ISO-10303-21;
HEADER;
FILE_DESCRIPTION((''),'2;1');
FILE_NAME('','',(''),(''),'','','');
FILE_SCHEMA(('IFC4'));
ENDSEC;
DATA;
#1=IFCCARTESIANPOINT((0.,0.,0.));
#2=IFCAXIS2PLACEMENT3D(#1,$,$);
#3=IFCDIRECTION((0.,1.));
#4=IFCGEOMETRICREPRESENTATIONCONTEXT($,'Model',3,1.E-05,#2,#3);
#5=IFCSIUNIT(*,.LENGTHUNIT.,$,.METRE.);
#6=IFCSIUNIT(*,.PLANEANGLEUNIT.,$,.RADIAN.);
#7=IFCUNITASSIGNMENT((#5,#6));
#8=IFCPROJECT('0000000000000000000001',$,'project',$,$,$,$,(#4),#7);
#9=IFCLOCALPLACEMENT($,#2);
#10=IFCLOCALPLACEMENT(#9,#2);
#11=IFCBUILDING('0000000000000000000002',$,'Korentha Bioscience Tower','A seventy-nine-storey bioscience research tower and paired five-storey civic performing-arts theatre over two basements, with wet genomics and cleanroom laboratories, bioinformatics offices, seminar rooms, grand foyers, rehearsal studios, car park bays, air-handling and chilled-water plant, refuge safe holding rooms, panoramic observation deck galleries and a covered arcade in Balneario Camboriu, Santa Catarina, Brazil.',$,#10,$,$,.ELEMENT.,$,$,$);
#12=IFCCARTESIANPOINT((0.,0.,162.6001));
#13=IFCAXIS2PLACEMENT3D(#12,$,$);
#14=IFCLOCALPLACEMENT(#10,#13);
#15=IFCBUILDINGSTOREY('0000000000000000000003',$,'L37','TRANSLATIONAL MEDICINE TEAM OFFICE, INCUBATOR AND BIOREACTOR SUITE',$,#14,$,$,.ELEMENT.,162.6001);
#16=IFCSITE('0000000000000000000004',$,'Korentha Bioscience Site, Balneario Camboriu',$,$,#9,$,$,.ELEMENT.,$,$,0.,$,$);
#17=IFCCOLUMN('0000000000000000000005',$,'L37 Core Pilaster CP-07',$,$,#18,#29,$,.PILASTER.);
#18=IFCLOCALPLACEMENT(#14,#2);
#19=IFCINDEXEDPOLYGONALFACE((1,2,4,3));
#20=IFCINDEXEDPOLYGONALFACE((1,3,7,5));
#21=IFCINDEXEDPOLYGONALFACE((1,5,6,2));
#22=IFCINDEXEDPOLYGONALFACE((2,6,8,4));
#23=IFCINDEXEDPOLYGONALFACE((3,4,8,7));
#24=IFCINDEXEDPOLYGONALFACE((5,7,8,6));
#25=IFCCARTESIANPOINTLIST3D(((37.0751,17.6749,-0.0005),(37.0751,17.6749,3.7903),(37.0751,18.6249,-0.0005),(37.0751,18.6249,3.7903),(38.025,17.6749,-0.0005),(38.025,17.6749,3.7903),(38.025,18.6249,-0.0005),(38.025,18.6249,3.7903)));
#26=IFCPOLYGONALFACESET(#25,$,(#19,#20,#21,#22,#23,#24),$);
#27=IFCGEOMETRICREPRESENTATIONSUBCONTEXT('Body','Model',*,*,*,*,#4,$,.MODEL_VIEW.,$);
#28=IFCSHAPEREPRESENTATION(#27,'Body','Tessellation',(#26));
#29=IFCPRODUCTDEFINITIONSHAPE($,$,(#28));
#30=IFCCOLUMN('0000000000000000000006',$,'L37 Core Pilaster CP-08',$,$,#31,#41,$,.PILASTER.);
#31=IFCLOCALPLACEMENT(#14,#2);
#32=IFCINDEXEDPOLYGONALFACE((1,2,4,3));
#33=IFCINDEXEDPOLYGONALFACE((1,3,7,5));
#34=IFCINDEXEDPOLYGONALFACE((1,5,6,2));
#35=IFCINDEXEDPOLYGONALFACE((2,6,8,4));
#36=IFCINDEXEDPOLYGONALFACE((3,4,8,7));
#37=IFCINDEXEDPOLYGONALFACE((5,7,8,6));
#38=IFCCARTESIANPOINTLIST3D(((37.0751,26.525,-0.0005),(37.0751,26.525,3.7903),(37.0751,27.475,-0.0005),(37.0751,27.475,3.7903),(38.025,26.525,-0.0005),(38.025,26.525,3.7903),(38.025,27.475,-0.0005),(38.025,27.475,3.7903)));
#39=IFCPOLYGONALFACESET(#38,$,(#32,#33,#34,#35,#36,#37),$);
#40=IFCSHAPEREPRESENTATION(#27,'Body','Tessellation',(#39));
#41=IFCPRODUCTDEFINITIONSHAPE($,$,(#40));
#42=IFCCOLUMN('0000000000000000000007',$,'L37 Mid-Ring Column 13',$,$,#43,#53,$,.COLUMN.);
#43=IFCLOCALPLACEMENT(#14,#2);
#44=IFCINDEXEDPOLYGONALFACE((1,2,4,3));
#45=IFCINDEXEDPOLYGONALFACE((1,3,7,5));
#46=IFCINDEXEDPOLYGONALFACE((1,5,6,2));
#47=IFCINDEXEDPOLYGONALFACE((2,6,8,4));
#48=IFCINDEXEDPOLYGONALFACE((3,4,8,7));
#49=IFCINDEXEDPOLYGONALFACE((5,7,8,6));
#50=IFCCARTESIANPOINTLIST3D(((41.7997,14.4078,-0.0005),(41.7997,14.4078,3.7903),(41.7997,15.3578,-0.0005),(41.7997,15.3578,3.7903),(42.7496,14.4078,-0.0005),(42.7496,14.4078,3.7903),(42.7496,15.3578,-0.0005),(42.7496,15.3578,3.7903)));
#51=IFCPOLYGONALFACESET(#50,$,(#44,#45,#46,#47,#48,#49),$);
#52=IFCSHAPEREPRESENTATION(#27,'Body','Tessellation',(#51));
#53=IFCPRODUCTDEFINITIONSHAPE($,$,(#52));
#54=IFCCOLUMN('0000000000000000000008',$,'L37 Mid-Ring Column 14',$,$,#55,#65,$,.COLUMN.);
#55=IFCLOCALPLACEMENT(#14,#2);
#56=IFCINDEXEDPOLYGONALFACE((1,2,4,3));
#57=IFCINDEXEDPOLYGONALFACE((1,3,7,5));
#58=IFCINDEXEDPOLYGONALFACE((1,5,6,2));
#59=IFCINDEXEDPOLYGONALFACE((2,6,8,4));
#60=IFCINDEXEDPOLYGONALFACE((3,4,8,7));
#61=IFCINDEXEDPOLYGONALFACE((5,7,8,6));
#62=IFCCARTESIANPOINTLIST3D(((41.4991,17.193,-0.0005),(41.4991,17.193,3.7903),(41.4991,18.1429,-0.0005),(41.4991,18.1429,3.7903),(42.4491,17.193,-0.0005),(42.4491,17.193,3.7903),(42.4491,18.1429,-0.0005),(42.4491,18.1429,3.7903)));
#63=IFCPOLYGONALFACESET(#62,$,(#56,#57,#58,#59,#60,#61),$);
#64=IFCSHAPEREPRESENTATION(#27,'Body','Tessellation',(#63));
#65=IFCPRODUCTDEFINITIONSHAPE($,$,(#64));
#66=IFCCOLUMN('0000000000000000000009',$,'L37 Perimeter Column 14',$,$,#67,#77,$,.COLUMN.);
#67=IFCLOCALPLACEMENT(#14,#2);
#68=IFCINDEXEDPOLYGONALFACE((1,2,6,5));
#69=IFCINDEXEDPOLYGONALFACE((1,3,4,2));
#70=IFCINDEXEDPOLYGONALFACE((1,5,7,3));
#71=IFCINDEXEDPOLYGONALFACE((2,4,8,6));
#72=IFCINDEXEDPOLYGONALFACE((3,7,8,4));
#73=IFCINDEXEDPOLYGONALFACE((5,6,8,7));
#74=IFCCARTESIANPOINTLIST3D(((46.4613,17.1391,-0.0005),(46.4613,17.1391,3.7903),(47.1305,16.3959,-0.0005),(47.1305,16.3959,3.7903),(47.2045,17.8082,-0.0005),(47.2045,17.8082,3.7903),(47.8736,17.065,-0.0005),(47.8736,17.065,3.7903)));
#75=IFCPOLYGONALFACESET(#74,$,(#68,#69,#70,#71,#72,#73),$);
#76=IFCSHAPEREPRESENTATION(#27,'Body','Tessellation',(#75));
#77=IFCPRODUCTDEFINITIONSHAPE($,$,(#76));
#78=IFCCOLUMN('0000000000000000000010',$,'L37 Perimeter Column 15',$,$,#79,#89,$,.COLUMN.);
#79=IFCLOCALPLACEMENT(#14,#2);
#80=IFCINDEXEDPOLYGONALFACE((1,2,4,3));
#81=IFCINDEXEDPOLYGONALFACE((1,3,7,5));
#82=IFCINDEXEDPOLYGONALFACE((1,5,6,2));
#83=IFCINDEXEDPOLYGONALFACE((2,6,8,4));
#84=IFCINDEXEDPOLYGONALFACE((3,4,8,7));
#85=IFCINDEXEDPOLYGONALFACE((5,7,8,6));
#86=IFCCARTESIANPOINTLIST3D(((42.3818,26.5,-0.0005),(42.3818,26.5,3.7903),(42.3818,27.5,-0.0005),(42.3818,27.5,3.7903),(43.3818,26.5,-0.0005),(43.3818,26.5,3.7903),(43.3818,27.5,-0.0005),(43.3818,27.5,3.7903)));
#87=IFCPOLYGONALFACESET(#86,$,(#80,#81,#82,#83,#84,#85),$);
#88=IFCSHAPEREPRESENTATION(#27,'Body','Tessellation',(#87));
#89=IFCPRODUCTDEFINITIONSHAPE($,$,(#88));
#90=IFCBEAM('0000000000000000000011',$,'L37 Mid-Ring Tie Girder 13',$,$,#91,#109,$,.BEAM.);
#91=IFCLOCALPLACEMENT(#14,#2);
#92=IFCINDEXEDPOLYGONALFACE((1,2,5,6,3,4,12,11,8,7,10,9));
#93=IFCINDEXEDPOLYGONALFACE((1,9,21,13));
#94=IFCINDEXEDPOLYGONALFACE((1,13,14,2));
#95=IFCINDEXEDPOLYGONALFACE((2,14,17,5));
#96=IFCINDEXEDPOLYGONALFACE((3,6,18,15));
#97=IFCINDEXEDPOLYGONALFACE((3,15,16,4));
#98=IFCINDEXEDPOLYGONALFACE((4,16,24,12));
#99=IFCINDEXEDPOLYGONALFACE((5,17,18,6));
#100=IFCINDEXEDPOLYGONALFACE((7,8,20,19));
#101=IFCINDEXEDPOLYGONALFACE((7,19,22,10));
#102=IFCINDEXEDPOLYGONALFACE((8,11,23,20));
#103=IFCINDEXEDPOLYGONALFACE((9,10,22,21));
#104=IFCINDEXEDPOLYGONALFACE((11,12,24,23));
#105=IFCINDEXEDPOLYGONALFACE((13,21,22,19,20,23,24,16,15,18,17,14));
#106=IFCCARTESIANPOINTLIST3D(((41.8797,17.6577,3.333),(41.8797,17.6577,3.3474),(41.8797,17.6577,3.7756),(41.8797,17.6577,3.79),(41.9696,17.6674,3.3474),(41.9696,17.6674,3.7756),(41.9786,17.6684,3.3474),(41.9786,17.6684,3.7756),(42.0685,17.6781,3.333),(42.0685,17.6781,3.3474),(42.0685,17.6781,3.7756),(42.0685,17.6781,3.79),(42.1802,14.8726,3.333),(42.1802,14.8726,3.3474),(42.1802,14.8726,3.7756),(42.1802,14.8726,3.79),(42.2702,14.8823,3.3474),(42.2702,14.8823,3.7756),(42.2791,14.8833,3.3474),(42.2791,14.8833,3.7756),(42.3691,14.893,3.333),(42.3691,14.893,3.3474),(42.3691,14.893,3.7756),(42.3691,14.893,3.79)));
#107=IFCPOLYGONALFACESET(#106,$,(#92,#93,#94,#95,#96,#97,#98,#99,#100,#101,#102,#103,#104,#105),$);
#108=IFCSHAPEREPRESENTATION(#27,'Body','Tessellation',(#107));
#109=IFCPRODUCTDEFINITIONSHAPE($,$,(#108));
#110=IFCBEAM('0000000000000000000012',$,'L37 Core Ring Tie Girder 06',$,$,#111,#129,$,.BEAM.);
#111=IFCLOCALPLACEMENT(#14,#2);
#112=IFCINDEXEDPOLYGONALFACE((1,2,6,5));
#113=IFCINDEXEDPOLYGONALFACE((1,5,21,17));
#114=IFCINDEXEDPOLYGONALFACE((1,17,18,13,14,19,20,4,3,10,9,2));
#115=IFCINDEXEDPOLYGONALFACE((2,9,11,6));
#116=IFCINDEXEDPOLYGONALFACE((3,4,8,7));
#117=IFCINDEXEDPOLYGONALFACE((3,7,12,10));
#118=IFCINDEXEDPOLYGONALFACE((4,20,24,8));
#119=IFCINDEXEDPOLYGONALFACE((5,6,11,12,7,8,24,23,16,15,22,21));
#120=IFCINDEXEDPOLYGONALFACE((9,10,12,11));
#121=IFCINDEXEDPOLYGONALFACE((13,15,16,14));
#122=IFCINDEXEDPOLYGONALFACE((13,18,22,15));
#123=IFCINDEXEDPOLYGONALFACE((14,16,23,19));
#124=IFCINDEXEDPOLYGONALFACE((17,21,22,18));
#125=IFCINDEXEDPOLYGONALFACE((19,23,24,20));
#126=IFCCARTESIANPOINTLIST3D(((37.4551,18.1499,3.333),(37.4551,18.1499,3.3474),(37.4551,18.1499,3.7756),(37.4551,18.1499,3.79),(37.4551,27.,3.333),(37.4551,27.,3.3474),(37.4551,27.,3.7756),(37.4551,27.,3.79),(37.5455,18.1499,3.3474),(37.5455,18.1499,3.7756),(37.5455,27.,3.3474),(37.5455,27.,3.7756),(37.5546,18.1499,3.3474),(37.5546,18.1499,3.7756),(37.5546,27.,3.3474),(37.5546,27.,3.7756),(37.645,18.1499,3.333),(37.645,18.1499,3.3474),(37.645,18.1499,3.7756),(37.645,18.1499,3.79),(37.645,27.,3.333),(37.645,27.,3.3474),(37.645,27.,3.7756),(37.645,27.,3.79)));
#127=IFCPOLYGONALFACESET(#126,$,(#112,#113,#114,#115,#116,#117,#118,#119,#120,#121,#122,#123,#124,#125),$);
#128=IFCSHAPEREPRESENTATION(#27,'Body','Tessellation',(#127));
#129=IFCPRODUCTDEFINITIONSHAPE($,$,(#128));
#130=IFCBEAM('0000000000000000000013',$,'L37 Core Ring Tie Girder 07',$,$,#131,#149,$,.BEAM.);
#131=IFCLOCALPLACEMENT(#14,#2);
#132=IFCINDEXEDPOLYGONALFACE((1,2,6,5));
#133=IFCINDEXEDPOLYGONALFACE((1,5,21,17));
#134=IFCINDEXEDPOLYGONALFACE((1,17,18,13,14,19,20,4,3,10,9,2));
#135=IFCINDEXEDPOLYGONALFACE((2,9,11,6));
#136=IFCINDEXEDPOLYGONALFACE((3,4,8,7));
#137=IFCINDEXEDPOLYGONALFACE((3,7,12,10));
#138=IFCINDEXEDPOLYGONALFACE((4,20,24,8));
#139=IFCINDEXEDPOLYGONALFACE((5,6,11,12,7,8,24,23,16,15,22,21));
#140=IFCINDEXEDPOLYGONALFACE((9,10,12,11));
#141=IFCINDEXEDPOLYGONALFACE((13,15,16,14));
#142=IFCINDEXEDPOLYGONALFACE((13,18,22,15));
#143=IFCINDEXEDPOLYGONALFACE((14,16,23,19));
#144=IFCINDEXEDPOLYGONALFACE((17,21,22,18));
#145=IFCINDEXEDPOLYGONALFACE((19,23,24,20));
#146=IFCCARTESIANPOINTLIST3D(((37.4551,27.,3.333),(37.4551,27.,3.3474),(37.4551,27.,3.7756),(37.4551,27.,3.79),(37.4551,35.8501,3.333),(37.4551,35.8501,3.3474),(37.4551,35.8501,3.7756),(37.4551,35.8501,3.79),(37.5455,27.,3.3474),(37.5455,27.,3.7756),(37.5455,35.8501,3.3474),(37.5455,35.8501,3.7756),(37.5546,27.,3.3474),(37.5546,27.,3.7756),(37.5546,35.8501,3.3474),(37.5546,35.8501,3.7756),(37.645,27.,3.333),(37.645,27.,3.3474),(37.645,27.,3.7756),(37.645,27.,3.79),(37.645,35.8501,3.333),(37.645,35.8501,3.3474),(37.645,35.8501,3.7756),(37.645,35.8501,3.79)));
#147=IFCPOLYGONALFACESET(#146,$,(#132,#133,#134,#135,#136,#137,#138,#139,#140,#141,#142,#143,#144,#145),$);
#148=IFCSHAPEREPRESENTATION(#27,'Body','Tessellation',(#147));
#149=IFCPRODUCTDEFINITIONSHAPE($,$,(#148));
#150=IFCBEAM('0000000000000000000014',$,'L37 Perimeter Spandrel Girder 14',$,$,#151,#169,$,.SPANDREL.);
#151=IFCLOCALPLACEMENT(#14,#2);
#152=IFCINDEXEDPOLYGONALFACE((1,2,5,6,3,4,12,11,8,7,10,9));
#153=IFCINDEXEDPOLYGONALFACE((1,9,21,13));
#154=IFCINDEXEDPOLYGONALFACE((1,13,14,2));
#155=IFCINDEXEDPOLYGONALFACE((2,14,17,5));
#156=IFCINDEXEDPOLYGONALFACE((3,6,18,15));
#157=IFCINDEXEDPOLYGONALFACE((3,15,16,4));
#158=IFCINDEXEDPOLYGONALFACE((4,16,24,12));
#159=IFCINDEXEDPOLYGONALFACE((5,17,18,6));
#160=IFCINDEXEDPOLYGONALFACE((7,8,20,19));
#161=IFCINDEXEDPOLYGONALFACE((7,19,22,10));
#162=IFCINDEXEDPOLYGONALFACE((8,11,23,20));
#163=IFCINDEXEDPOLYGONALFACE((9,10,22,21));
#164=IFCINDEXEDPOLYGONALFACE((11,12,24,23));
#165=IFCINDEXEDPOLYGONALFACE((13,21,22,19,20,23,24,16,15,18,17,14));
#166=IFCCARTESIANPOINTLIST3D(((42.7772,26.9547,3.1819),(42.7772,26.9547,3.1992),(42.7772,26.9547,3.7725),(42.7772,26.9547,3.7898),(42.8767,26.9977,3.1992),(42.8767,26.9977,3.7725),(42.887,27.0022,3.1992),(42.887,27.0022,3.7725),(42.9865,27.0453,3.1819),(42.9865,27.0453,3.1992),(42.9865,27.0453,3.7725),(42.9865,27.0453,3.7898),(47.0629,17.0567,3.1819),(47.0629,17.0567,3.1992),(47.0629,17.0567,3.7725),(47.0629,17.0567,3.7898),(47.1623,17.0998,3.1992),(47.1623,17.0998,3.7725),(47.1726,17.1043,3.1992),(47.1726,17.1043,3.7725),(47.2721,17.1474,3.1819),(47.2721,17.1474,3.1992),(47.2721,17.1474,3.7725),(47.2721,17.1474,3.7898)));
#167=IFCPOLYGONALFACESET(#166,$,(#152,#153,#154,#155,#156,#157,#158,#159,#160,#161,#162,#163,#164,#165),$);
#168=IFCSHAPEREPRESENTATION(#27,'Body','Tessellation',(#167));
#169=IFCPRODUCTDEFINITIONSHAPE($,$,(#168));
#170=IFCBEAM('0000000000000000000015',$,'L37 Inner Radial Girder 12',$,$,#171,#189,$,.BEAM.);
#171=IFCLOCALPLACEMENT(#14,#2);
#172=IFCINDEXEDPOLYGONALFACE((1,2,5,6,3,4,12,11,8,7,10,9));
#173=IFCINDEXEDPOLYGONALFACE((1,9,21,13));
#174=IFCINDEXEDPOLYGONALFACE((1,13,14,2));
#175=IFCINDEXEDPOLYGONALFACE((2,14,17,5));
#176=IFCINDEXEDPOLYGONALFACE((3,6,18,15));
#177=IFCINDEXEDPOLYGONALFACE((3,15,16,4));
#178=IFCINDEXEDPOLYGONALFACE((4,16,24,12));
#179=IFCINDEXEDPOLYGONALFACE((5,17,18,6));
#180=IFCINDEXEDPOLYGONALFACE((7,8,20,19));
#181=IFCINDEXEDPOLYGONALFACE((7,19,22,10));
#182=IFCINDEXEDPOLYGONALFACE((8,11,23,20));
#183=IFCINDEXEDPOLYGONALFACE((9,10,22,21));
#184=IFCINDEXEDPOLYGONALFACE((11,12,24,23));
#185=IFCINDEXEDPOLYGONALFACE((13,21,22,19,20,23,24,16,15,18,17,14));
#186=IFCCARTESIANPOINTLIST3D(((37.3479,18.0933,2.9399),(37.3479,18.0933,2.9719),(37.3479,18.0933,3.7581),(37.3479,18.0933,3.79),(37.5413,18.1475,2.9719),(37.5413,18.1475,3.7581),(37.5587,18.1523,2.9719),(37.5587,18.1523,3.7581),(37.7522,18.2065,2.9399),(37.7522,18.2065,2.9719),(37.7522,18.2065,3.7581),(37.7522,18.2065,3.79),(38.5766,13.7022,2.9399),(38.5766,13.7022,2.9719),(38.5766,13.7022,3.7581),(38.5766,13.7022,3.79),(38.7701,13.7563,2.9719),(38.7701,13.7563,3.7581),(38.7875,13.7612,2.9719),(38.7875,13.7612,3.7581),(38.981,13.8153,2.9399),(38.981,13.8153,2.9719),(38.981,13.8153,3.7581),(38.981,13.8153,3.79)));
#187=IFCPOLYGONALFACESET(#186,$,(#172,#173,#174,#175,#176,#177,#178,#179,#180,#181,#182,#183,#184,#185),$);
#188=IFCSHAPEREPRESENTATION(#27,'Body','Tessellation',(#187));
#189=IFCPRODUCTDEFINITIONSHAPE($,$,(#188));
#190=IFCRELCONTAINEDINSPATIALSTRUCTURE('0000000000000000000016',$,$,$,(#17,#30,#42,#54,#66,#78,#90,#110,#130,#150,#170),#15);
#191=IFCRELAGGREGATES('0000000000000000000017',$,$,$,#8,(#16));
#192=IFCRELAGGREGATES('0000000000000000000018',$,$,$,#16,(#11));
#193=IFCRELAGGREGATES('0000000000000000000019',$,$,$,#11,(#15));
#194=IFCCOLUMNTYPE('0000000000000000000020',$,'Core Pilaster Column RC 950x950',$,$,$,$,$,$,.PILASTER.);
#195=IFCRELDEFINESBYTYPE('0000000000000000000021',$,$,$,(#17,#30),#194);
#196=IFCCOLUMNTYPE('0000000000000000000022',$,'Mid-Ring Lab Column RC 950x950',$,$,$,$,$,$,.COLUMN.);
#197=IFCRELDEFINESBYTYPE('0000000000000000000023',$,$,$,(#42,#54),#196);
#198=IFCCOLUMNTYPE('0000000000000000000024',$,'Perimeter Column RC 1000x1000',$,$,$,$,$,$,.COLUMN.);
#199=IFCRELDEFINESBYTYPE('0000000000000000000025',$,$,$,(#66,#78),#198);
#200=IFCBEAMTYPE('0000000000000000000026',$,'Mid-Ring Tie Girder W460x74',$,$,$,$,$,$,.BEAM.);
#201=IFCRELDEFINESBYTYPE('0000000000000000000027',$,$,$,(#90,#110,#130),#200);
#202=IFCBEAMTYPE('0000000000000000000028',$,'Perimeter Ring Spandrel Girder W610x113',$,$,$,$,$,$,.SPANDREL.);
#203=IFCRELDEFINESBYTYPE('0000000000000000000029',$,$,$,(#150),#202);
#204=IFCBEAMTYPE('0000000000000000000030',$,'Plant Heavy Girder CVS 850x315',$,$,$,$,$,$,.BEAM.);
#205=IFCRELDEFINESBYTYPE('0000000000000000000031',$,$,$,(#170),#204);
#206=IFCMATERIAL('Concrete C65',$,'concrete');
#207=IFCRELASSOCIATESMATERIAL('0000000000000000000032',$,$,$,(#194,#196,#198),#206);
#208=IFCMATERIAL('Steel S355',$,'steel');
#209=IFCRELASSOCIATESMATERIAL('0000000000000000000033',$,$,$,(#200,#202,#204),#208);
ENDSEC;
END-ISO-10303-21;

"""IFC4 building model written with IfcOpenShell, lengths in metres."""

from ifc_helpers import new_model, si_unit, direction, frame, origin, origin_2d, place, context, subcontext, project, spatial, rectangle, i_section, extrude, material, material_profile, profile_set, type_object, element, save


model = new_model("IFC4")

# Units and contexts
model_context = context("Model", 3, precision=1e-05, world=origin(), true_north=direction((0.0, 1.0)))
body_context = subcontext(model_context, "Body", "Model", "MODEL_VIEW")
ifc_project = project(units=[si_unit("LENGTHUNIT", "METRE"), si_unit("PLANEANGLEUNIT", "RADIAN")], contexts=[model_context])

# Site, building, storey
site_placement = place(None, origin())
site = spatial("IfcSite", under=ifc_project, at=site_placement, Name="Korentha Bioscience Site, Balneario Camboriu", CompositionType="ELEMENT", RefElevation=0.0)
building_placement = place(site_placement, origin())
building = spatial("IfcBuilding", under=site, at=building_placement, Name="Korentha Bioscience Tower", Description="A seventy-nine-storey bioscience research tower and paired five-storey civic performing-arts theatre over two basements, with wet genomics and cleanroom laboratories, bioinformatics offices, seminar rooms, grand foyers, rehearsal studios, car park bays, air-handling and chilled-water plant, refuge safe holding rooms, panoramic observation deck galleries and a covered arcade in Balneario Camboriu, Santa Catarina, Brazil.", CompositionType="ELEMENT")
storey_placement = place(building_placement, frame((0.0, 0.0, 162.6001)))
storey = spatial("IfcBuildingStorey", under=building, at=storey_placement, Name="L37", Description="TRANSLATIONAL MEDICINE TEAM OFFICE, INCUBATOR AND BIOREACTOR SUITE", CompositionType="ELEMENT", Elevation=162.6001)

# Columns
ifc_material_1 = material(Name="Concrete C65", Category="concrete")
ifc_material_profile_1 = material_profile(ifc_material_1, rectangle(XDim=0.95, YDim=0.95, at=origin_2d()), Name="Concrete C65")
ifc_profile_set_1 = profile_set([ifc_material_profile_1], Name="Concrete C65 (COL-CP09)")
column_type_1 = type_object("IfcColumnType", Name="Core Pilaster Column RC 950x950", PredefinedType="PILASTER", material=ifc_profile_set_1)
for number, where, z_axis, x_axis, name in (
    (1, (37.55, 18.1499, -0.0005), (0.0, 0.0, 1.0), (1.0, 0.0, 0.0), "L37 Core Pilaster CP-07"),
    (2, (37.55, 27.0, -0.0005), (0.0, 0.0, 1.0), (1.0, 0.0, 0.0), "L37 Core Pilaster CP-08"),
):
    element("IfcColumn", number, at=place(storey_placement, frame(where, z_axis=z_axis, x_axis=x_axis)), inside=storey, type_object=column_type_1, Name=name, PredefinedType="PILASTER", context=body_context, shape_type="SweptSolid", body=[
        extrude(rectangle(XDim=0.95, YDim=0.95, at=origin_2d()), origin(), (0.0, 0.0, 1.0), 3.7908),
    ])
ifc_material_profile_2 = material_profile(ifc_material_1, rectangle(XDim=0.95, YDim=0.95, at=origin_2d()), Name="Concrete C65")
ifc_profile_set_2 = profile_set([ifc_material_profile_2], Name="Concrete C65 (COL-MR09)")
column_type_2 = type_object("IfcColumnType", Name="Mid-Ring Lab Column RC 950x950", PredefinedType="COLUMN", material=ifc_profile_set_2)
for number, where, z_axis, x_axis, name in (
    (3, (42.2747, 14.8828, -0.0005), (0.0, 0.0, 1.0), (1.0, 0.0, 0.0), "L37 Mid-Ring Column 13"),
    (4, (41.9741, 17.668, -0.0005), (0.0, 0.0, 1.0), (1.0, 0.0, 0.0), "L37 Mid-Ring Column 14"),
):
    element("IfcColumn", number, at=place(storey_placement, frame(where, z_axis=z_axis, x_axis=x_axis)), inside=storey, type_object=column_type_2, Name=name, PredefinedType="COLUMN", context=body_context, shape_type="SweptSolid", body=[
        extrude(rectangle(XDim=0.95, YDim=0.95, at=origin_2d()), origin(), (0.0, 0.0, 1.0), 3.7908),
    ])
ifc_material_profile_3 = material_profile(ifc_material_1, rectangle(XDim=1.0, YDim=1.0, at=origin_2d()), Name="Concrete C65")
ifc_profile_set_3 = profile_set([ifc_material_profile_3], Name="Concrete C65 (COL-P10)")
column_type_3 = type_object("IfcColumnType", Name="Perimeter Column RC 1000x1000", PredefinedType="COLUMN", material=ifc_profile_set_3)
for number, where, z_axis, x_axis, name in (
    (5, (47.1675, 17.1021, -0.0005), (0.0, 0.0, 1.0), (-0.669131, 0.743145, 0.0), "L37 Perimeter Column 14"),
    (6, (42.8818, 27.0, -0.0005), (0.0, 0.0, 1.0), (0.0, 1.0, 0.0), "L37 Perimeter Column 15"),
):
    element("IfcColumn", number, at=place(storey_placement, frame(where, z_axis=z_axis, x_axis=x_axis)), inside=storey, type_object=column_type_3, Name=name, PredefinedType="COLUMN", context=body_context, shape_type="SweptSolid", body=[
        extrude(rectangle(XDim=1.0, YDim=1.0, at=origin_2d()), origin(), (0.0, 0.0, 1.0), 3.7908),
    ])

# Beams
ifc_material_2 = material(Name="Steel S355", Category="steel")
ifc_material_profile_4 = material_profile(ifc_material_2, i_section(OverallWidth=0.1899, OverallDepth=0.457, WebThickness=0.009, FlangeThickness=0.0144, at=origin_2d()), Name="Steel S355")
ifc_profile_set_4 = profile_set([ifc_material_profile_4], Name="Steel S355 (MB-460)")
beam_type_1 = type_object("IfcBeamType", Name="Mid-Ring Tie Girder W460x74", PredefinedType="BEAM", material=ifc_profile_set_4)
beam_1_placement = place(storey_placement, frame((42.2747, 14.8828, 3.5615), z_axis=(-0.107284, 0.994228, 0.0), x_axis=(-0.994228, -0.107284, 0.0)))
element("IfcBeam", 7, at=beam_1_placement, inside=storey, type_object=beam_type_1, Name="L37 Mid-Ring Tie Girder 13", PredefinedType="BEAM", context=body_context, shape_type="SweptSolid", body=[
    extrude(i_section(OverallWidth=0.1899, OverallDepth=0.457, WebThickness=0.009, FlangeThickness=0.0144, at=origin_2d()), origin(), (0.0, 0.0, 1.0), 2.8013),
])
for number, where, z_axis, x_axis, name in (
    (8, (37.55, 18.1499, 3.5615), (0.0, 1.0, 0.0), (-1.0, 0.0, 0.0), "L37 Core Ring Tie Girder 06"),
    (9, (37.55, 27.0, 3.5615), (0.0, 1.0, 0.0), (-1.0, 0.0, 0.0), "L37 Core Ring Tie Girder 07"),
):
    element("IfcBeam", number, at=place(storey_placement, frame(where, z_axis=z_axis, x_axis=x_axis)), inside=storey, type_object=beam_type_1, Name=name, PredefinedType="BEAM", context=body_context, shape_type="SweptSolid", body=[
        extrude(i_section(OverallWidth=0.1899, OverallDepth=0.457, WebThickness=0.009, FlangeThickness=0.0144, at=origin_2d()), origin(), (0.0, 0.0, 1.0), 8.8501),
    ])
ifc_material_profile_5 = material_profile(ifc_material_2, i_section(OverallWidth=0.228, OverallDepth=0.6079, WebThickness=0.0112, FlangeThickness=0.0173, at=origin_2d()), Name="Steel S355")
ifc_profile_set_5 = profile_set([ifc_material_profile_5], Name="Steel S355 (SB-610)")
beam_type_2 = type_object("IfcBeamType", Name="Perimeter Ring Spandrel Girder W610x113", PredefinedType="SPANDREL", material=ifc_profile_set_5)
beam_2_placement = place(storey_placement, frame((47.1675, 17.1021, 3.4858), z_axis=(-0.397337, 0.917673, 0.0), x_axis=(-0.917673, -0.397337, 0.0)))
element("IfcBeam", 10, at=beam_2_placement, inside=storey, type_object=beam_type_2, Name="L37 Perimeter Spandrel Girder 14", PredefinedType="SPANDREL", context=body_context, shape_type="SweptSolid", body=[
    extrude(i_section(OverallWidth=0.228, OverallDepth=0.6079, WebThickness=0.0112, FlangeThickness=0.0173, at=origin_2d()), origin(), (0.0, 0.0, 1.0), 10.7859),
])
ifc_material_profile_6 = material_profile(ifc_material_2, i_section(OverallWidth=0.4199, OverallDepth=0.8501, WebThickness=0.0181, FlangeThickness=0.032, at=origin_2d()), Name="Steel S355")
ifc_profile_set_6 = profile_set([ifc_material_profile_6], Name="Steel S355 (MB-850)")
beam_type_3 = type_object("IfcBeamType", Name="Plant Heavy Girder CVS 850x315", PredefinedType="BEAM", material=ifc_profile_set_6)
beam_3_placement = place(storey_placement, frame((37.55, 18.1499, 3.365), z_axis=(0.269477, -0.963007, 0.0), x_axis=(0.963007, 0.269477, 0.0)))
element("IfcBeam", 11, at=beam_3_placement, inside=storey, type_object=beam_type_3, Name="L37 Inner Radial Girder 12", PredefinedType="BEAM", context=body_context, shape_type="SweptSolid", body=[
    extrude(i_section(OverallWidth=0.4199, OverallDepth=0.8501, WebThickness=0.0181, FlangeThickness=0.032, at=origin_2d()), origin(), (0.0, 0.0, 1.0), 4.5598),
])

save(model, "model.ifc")
